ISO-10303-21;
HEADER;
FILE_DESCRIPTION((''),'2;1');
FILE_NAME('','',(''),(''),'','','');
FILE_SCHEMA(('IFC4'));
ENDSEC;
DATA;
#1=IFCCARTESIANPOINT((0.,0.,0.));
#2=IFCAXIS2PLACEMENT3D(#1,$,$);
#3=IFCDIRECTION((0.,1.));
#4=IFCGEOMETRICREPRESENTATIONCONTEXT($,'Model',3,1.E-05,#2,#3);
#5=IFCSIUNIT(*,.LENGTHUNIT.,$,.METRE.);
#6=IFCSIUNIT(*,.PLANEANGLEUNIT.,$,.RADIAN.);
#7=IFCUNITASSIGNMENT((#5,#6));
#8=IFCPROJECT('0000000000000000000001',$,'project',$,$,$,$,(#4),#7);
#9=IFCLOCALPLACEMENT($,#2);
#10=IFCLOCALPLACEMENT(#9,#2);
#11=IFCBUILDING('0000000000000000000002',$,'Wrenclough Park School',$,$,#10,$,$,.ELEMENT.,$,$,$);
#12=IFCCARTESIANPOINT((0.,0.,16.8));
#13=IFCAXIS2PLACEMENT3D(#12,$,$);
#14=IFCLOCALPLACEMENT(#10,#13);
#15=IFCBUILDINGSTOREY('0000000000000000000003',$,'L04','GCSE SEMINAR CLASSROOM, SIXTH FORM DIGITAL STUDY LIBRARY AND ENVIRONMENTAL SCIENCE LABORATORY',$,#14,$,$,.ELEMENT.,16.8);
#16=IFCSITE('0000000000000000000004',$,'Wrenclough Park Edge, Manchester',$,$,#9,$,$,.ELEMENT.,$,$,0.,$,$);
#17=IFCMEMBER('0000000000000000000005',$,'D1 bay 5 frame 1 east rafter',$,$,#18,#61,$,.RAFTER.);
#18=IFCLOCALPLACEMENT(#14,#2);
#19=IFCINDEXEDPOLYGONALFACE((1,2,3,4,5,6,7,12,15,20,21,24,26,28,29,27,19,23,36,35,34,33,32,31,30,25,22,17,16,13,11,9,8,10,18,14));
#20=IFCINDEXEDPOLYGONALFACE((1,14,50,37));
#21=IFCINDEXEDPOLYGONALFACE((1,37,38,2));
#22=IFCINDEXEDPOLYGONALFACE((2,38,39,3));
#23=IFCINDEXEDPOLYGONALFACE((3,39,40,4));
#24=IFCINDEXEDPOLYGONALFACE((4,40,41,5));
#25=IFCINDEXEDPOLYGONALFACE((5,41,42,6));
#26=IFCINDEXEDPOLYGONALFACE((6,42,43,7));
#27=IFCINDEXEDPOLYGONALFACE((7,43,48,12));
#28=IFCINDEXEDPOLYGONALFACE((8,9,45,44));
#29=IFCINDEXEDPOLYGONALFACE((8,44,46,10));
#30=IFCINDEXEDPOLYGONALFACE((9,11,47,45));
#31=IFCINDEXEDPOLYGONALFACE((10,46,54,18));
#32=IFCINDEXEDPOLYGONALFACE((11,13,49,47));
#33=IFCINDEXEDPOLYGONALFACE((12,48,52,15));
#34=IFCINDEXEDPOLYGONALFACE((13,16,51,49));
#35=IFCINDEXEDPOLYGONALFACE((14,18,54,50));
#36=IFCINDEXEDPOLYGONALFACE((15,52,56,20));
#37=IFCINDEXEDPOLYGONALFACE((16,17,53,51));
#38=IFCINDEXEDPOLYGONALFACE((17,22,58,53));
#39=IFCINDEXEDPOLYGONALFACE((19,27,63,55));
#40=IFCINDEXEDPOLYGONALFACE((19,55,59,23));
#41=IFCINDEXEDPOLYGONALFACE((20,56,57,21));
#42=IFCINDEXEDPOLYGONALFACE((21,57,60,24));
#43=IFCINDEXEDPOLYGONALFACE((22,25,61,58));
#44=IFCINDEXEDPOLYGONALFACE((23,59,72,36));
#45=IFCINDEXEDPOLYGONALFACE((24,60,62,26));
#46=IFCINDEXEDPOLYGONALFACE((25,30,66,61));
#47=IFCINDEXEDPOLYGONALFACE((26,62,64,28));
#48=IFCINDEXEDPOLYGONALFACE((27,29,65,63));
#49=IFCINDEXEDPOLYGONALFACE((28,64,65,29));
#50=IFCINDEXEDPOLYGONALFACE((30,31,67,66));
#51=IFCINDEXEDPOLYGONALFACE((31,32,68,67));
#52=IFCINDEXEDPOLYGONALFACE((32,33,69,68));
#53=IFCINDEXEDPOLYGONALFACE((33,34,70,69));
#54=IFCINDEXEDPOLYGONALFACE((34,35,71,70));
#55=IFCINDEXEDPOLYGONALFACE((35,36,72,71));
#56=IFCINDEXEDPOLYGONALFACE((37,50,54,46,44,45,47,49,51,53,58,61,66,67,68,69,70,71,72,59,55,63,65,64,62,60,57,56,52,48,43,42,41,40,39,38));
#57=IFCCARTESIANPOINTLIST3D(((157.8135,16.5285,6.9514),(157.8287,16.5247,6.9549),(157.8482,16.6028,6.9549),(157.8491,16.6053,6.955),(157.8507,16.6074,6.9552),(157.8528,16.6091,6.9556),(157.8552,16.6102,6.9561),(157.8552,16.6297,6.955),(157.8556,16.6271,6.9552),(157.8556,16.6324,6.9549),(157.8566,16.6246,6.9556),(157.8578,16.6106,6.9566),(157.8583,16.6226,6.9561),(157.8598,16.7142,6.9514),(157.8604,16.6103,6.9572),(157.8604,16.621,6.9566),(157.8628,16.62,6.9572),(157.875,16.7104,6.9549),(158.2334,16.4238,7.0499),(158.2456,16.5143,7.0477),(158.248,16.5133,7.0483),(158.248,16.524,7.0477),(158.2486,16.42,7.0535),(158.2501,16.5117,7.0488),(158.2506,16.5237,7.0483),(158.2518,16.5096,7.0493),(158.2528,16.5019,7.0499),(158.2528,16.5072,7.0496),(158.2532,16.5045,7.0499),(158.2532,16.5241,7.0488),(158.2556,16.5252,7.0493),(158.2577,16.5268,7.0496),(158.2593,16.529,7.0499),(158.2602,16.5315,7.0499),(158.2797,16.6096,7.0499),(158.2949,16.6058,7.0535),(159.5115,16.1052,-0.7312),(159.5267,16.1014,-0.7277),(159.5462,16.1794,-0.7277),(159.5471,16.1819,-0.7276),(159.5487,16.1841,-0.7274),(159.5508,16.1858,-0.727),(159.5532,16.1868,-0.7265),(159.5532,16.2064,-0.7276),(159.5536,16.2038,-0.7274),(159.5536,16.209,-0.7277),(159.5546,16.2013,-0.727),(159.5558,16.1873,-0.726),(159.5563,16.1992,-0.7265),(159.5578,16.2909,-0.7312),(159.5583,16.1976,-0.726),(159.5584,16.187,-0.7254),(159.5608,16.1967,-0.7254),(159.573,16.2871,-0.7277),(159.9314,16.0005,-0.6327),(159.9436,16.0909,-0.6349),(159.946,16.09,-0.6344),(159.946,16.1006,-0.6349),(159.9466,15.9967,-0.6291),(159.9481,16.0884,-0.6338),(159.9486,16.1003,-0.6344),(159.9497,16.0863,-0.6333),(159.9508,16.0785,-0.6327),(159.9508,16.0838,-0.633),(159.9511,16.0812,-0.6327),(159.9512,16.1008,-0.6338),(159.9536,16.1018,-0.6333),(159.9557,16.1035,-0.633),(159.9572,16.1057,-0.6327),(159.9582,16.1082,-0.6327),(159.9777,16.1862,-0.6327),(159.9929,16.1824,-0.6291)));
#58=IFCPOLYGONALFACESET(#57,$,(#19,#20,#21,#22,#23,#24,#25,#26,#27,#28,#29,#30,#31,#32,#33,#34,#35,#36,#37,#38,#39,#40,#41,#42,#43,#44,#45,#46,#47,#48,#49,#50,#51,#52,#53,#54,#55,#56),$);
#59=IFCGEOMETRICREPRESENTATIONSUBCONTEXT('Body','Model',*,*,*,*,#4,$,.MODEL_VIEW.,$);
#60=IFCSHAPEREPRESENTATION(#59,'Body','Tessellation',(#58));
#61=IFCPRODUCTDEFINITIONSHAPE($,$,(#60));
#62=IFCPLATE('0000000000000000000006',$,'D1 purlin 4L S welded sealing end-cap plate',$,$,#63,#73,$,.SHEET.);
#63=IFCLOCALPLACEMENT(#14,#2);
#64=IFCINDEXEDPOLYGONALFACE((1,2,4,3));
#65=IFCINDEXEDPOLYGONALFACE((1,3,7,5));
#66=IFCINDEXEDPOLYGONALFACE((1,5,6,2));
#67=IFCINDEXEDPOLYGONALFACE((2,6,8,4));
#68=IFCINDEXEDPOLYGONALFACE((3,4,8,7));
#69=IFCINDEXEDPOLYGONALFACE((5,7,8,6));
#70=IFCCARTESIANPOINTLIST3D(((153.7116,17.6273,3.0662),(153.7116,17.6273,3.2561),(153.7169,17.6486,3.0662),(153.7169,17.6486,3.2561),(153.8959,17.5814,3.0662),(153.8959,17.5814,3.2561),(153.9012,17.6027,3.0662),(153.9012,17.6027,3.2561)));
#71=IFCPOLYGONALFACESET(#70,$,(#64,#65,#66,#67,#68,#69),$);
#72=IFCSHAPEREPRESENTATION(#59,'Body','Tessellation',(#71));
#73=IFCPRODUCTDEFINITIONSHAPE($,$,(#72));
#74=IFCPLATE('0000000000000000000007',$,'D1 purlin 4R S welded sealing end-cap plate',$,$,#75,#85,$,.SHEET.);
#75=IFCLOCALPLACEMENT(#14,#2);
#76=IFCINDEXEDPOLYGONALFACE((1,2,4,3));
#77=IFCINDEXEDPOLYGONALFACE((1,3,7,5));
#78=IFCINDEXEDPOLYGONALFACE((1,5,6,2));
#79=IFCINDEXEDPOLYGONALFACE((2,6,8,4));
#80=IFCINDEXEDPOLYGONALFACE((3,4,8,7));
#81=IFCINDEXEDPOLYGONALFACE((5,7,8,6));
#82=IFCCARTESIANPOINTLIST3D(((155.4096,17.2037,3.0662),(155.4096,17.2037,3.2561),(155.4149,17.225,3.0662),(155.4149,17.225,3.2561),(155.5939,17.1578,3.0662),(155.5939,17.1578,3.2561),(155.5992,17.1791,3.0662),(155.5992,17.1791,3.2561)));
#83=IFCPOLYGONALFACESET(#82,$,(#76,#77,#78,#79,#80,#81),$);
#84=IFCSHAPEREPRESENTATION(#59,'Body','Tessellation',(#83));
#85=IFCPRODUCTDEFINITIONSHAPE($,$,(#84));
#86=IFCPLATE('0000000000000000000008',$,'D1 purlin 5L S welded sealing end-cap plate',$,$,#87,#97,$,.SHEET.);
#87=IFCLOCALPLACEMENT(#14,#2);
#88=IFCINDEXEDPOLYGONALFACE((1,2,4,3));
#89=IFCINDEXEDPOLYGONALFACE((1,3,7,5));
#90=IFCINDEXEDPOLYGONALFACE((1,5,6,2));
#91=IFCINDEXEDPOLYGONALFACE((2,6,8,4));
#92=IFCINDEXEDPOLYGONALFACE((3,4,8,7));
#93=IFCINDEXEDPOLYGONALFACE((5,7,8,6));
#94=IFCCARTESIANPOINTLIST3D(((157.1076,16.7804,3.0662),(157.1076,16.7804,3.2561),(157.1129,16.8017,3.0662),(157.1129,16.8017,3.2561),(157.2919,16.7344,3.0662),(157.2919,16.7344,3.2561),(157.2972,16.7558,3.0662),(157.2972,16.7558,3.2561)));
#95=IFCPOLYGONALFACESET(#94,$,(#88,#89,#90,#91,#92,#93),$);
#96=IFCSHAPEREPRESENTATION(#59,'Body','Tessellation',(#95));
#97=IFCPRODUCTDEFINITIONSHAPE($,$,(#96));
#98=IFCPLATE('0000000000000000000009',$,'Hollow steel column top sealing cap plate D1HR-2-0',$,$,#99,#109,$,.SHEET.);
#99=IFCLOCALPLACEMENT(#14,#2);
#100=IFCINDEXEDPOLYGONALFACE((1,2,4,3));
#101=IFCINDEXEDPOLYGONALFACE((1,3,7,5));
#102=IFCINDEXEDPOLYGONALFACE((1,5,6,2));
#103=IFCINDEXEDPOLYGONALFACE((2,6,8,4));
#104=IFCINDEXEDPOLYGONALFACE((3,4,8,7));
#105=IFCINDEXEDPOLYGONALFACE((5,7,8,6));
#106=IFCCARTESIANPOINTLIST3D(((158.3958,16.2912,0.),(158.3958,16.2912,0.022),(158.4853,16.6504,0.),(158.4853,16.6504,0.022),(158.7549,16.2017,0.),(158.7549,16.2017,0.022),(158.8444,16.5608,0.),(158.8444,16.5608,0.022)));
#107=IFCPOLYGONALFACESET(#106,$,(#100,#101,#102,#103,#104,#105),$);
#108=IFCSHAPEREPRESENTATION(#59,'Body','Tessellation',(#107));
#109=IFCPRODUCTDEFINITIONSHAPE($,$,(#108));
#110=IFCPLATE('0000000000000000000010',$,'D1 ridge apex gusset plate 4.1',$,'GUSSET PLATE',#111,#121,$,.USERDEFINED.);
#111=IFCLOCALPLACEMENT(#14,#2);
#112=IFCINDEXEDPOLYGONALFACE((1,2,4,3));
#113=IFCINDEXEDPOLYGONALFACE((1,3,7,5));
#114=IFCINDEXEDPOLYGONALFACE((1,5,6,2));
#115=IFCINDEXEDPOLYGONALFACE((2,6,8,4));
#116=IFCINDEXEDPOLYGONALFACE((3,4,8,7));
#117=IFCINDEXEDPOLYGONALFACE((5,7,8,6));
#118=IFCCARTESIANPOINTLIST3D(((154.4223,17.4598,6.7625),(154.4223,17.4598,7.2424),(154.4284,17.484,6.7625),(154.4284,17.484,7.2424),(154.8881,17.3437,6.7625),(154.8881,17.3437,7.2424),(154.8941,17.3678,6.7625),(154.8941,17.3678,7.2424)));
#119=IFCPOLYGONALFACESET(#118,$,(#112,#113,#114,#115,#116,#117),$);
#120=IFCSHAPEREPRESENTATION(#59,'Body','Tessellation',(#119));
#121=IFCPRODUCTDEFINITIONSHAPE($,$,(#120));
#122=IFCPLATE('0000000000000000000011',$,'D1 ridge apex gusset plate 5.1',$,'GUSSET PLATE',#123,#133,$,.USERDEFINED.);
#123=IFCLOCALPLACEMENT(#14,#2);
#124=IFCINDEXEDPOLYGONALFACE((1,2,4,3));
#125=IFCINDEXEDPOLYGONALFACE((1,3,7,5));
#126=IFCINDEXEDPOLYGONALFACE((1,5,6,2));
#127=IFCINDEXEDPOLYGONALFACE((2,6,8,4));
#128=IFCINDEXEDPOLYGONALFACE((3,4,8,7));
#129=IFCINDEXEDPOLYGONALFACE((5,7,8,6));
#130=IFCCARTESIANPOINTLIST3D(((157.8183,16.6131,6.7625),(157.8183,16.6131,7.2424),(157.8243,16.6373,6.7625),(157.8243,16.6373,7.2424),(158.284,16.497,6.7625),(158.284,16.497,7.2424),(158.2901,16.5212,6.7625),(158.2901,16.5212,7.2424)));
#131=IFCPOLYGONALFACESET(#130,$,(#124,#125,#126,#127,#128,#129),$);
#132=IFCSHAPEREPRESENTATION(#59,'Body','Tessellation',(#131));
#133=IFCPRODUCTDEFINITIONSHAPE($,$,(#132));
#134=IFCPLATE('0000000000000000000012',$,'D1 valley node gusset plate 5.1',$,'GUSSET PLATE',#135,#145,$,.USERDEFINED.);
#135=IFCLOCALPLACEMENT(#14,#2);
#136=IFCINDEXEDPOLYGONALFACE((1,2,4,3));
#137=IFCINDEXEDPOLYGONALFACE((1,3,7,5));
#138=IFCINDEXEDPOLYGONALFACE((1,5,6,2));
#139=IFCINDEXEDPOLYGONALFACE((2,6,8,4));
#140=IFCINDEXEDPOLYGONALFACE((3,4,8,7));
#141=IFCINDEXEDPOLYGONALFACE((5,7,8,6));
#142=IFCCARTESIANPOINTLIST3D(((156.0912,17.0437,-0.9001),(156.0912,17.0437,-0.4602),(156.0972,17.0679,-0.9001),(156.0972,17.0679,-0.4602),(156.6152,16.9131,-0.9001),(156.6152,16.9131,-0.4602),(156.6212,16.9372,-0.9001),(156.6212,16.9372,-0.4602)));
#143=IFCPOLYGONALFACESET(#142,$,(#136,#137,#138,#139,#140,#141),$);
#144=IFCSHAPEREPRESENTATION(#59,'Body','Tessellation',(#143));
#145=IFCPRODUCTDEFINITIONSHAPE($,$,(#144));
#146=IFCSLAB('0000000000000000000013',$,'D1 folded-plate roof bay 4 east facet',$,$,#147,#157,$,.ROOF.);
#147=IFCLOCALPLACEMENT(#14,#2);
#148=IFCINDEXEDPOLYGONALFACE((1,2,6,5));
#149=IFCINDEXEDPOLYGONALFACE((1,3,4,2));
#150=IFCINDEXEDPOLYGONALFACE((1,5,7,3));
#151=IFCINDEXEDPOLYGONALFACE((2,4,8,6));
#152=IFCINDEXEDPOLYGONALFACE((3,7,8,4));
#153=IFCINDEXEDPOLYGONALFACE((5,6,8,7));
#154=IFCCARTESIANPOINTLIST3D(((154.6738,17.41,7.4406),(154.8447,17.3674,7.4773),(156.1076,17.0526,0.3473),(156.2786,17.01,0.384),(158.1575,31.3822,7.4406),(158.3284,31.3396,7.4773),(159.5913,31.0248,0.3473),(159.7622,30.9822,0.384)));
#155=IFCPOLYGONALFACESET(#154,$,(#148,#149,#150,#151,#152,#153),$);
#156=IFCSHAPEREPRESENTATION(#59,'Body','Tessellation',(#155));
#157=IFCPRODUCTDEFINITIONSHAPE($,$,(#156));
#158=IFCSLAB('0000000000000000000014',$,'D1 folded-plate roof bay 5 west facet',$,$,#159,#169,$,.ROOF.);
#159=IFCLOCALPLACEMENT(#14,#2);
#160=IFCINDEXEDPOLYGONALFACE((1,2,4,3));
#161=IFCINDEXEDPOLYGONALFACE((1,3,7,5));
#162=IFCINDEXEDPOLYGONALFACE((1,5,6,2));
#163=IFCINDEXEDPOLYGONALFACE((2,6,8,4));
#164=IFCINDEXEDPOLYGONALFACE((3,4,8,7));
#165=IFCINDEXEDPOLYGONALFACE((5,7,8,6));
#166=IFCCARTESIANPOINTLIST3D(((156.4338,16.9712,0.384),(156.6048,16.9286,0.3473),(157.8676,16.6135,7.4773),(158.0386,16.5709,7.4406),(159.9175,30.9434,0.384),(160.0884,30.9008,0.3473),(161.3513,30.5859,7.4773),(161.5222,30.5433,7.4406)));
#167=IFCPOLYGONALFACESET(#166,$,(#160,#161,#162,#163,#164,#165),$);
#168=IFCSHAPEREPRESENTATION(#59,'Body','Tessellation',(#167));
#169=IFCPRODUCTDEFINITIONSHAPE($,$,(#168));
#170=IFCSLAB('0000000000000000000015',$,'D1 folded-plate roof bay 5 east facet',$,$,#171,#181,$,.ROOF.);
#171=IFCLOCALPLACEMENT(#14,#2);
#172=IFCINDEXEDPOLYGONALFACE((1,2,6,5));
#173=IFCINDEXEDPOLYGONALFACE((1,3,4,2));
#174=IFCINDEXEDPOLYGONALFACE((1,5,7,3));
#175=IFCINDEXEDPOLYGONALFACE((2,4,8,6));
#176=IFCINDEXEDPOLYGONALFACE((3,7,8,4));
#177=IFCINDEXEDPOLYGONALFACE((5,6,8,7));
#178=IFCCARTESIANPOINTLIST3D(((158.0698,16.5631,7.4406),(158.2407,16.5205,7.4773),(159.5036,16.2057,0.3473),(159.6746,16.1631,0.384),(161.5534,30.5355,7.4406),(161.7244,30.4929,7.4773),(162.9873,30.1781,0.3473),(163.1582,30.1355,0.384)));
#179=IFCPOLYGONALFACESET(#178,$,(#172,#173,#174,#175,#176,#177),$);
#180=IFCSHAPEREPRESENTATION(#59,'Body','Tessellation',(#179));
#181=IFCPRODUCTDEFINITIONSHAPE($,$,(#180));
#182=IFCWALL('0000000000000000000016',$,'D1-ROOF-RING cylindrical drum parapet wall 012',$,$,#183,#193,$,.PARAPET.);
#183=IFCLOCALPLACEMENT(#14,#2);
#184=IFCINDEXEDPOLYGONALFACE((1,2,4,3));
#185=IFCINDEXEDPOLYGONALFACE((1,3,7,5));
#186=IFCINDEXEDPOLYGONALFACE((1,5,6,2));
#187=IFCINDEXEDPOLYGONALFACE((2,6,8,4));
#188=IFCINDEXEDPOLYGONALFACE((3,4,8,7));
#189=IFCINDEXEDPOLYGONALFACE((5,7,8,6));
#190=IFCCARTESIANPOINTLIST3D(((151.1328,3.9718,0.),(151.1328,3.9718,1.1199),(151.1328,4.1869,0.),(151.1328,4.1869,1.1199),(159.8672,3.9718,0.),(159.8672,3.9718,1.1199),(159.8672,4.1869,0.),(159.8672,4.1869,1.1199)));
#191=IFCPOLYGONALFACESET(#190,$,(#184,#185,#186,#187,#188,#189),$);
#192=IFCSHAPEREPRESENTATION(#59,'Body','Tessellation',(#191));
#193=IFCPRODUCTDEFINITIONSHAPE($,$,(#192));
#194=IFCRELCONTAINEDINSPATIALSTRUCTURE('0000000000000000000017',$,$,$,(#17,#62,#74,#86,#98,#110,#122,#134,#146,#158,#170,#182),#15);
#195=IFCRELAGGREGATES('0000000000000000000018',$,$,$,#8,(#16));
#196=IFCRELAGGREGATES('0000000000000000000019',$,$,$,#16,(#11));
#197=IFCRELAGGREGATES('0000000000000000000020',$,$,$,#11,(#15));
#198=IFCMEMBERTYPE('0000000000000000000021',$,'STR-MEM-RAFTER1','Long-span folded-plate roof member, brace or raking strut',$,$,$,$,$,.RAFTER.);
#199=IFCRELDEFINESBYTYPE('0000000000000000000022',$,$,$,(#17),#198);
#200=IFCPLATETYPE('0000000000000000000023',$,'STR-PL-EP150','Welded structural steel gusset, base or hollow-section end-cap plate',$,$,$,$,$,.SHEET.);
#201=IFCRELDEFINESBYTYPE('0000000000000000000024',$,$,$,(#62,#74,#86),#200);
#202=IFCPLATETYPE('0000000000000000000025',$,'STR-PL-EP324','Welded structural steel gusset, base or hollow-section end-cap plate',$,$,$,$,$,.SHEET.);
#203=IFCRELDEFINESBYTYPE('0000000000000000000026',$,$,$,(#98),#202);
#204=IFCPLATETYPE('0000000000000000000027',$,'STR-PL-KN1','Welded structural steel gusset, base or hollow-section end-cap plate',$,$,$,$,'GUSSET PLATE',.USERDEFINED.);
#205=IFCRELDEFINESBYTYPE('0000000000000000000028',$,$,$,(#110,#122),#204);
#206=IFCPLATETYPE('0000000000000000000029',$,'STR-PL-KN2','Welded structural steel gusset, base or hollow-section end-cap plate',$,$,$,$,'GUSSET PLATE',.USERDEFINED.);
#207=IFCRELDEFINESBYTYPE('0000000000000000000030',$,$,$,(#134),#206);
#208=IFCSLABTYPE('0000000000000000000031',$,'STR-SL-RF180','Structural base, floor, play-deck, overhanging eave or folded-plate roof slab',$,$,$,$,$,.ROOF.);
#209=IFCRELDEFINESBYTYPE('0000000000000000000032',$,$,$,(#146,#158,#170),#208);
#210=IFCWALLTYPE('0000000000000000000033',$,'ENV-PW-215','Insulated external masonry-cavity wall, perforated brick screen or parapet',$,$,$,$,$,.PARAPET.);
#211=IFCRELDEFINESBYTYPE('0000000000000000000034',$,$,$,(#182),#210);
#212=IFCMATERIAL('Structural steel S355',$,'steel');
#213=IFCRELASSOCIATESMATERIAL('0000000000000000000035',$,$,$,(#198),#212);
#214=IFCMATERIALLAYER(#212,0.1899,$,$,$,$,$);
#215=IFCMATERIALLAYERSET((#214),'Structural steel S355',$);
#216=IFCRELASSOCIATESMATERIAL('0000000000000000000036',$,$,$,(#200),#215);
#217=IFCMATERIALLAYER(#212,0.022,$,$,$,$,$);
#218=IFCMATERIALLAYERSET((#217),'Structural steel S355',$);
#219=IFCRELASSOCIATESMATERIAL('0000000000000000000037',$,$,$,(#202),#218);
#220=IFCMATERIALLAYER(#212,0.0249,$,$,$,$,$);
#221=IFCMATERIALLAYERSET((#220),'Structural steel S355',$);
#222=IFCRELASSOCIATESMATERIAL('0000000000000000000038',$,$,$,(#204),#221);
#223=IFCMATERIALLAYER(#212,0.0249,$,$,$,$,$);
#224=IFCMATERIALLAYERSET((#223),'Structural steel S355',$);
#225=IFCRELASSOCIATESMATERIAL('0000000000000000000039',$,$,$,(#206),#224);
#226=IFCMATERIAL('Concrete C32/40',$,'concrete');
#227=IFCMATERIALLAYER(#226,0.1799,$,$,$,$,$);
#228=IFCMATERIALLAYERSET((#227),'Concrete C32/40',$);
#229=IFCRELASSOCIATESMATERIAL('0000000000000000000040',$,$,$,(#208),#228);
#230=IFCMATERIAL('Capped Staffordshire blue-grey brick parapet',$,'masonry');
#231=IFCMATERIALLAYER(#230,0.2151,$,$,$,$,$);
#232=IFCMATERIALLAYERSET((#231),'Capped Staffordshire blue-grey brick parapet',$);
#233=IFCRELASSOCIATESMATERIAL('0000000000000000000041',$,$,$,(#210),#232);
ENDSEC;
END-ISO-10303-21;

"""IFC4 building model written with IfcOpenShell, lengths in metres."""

from ifc_helpers import new_model, si_unit, direction, frame, frame_2d, origin, origin_2d, place, context, subcontext, project, spatial, polyline, rectangle, i_section, outline, extrude, material, layer, layer_set, material_profile, profile_set, type_object, element, save


model = new_model("IFC4")

# Units and contexts
model_context = context("Model", 3, precision=1e-05, world=origin(), true_north=direction((0.0, 1.0)))
body_context = subcontext(model_context, "Body", "Model", "MODEL_VIEW")
ifc_project = project(units=[si_unit("LENGTHUNIT", "METRE"), si_unit("PLANEANGLEUNIT", "RADIAN")], contexts=[model_context])

# Site, building, storey
site_placement = place(None, origin())
site = spatial("IfcSite", under=ifc_project, at=site_placement, Name="Wrenclough Park Edge, Manchester", CompositionType="ELEMENT", RefElevation=0.0)
building_placement = place(site_placement, origin())
building = spatial("IfcBuilding", under=site, at=building_placement, Name="Wrenclough Park School", CompositionType="ELEMENT")
storey_placement = place(building_placement, frame((0.0, 0.0, 16.8)))
storey = spatial("IfcBuildingStorey", under=building, at=storey_placement, Name="L04", Description="GCSE SEMINAR CLASSROOM, SIXTH FORM DIGITAL STUDY LIBRARY AND ENVIRONMENTAL SCIENCE LABORATORY", CompositionType="ELEMENT", Elevation=16.8)

# Shared definitions
ifc_material_1 = material(Name="Structural steel S355", Category="steel")

# Member
ifc_material_profile_1 = material_profile(ifc_material_1, i_section(OverallWidth=0.1914, OverallDepth=0.46, WebThickness=0.01, FlangeThickness=0.0161, FilletRadius=0.0103, at=origin_2d()), Name="UKB 457x191x82")
ifc_profile_set_1 = profile_set([ifc_material_profile_1], Name="Structural steel S355")
member_type_1 = type_object("IfcMemberType", Name="STR-MEM-RAFTER1", Description="Long-span folded-plate roof member, brace or raking strut", PredefinedType="RAFTER", material=ifc_profile_set_1)
for number, where, z_axis, x_axis, name in (
    (1, (158.0542, 16.5671, 7.0024), (0.215498, -0.053727, -0.975025), (0.241912, 0.970298, 0.0), "D1 bay 5 frame 1 east rafter"),
):
    element("IfcMember", number, at=place(storey_placement, frame(where, z_axis=z_axis, x_axis=x_axis)), inside=storey, type_object=member_type_1, Name=name, PredefinedType="RAFTER", context=body_context, shape_type="SweptSolid", body=[
        extrude(i_section(OverallWidth=0.1914, OverallDepth=0.46, WebThickness=0.01, FlangeThickness=0.0161, FilletRadius=0.0103, at=origin_2d()), origin(), (0.0, 0.0, 1.0), 7.8794),
    ])

# Plates
ifc_layer_1 = layer(ifc_material_1, 0.1899)
ifc_layer_set_1 = layer_set([ifc_layer_1], Name="Structural steel S355")
plate_type_1 = type_object("IfcPlateType", Name="STR-PL-EP150", Description="Welded structural steel gusset, base or hollow-section end-cap plate", PredefinedType="SHEET", material=ifc_layer_set_1)
for number, where, z_axis, x_axis, name in (
    (2, (153.8064, 17.615, 3.0662), (0.0, 0.0, 1.0), (0.241922, 0.970296, 0.0), "D1 purlin 4L S welded sealing end-cap plate"),
    (3, (155.5044, 17.1914, 3.0662), (0.0, 0.0, 1.0), (0.241922, 0.970296, 0.0), "D1 purlin 4R S welded sealing end-cap plate"),
    (4, (157.2024, 16.7681, 3.0662), (0.0, 0.0, 1.0), (0.241922, 0.970296, 0.0), "D1 purlin 5L S welded sealing end-cap plate"),
):
    element("IfcPlate", number, at=place(storey_placement, frame(where, z_axis=z_axis, x_axis=x_axis)), inside=storey, type_object=plate_type_1, Name=name, PredefinedType="SHEET", context=body_context, shape_type="SweptSolid", body=[
        extrude(rectangle(XDim=0.022, YDim=0.1899, at=origin_2d()), origin(), (0.0, 0.0, 1.0), 0.1899),
    ])
ifc_layer_2 = layer(ifc_material_1, 0.022)
ifc_layer_set_2 = layer_set([ifc_layer_2], Name="Structural steel S355")
plate_type_2 = type_object("IfcPlateType", Name="STR-PL-EP324", Description="Welded structural steel gusset, base or hollow-section end-cap plate", PredefinedType="SHEET", material=ifc_layer_set_2)
plate_1_placement = place(storey_placement, frame((158.6201, 16.426, 0.0), z_axis=(0.0, 0.0, 1.0), x_axis=(0.970296, -0.241922, 0.0)))
element("IfcPlate", 5, at=plate_1_placement, inside=storey, type_object=plate_type_2, Name="Hollow steel column top sealing cap plate D1HR-2-0", PredefinedType="SHEET", context=body_context, shape_type="SweptSolid", body=[
    extrude(rectangle(XDim=0.3701, YDim=0.3701, at=origin_2d()), origin(), (0.0, 0.0, 1.0), 0.022),
])
ifc_layer_3 = layer(ifc_material_1, 0.0249)
ifc_layer_set_3 = layer_set([ifc_layer_3], Name="Structural steel S355")
plate_type_3 = type_object("IfcPlateType", Name="STR-PL-KN1", Description="Welded structural steel gusset, base or hollow-section end-cap plate", ElementType="GUSSET PLATE", PredefinedType="USERDEFINED", material=ifc_layer_set_3)
for number, where, z_axis, x_axis, name in (
    (6, (154.6582, 17.4138, 6.7625), (0.0, 0.0, 1.0), (0.970296, -0.241922, 0.0), "D1 ridge apex gusset plate 4.1"),
    (7, (158.0542, 16.5671, 6.7625), (0.0, 0.0, 1.0), (0.970296, -0.241922, 0.0), "D1 ridge apex gusset plate 5.1"),
):
    element("IfcPlate", number, at=place(storey_placement, frame(where, z_axis=z_axis, x_axis=x_axis)), inside=storey, type_object=plate_type_3, Name=name, ObjectType="GUSSET PLATE", PredefinedType="USERDEFINED", context=body_context, shape_type="SweptSolid", body=[
        extrude(rectangle(XDim=0.48, YDim=0.0249, at=origin_2d()), origin(), (0.0, 0.0, 1.0), 0.48),
    ])
ifc_layer_4 = layer(ifc_material_1, 0.0249)
ifc_layer_set_4 = layer_set([ifc_layer_4], Name="Structural steel S355")
plate_type_4 = type_object("IfcPlateType", Name="STR-PL-KN2", Description="Welded structural steel gusset, base or hollow-section end-cap plate", ElementType="GUSSET PLATE", PredefinedType="USERDEFINED", material=ifc_layer_set_4)
plate_2_placement = place(storey_placement, frame((156.3562, 16.9905, -0.9001), z_axis=(0.0, 0.0, 1.0), x_axis=(0.970296, -0.241922, 0.0)))
element("IfcPlate", 8, at=plate_2_placement, inside=storey, type_object=plate_type_4, Name="D1 valley node gusset plate 5.1", ObjectType="GUSSET PLATE", PredefinedType="USERDEFINED", context=body_context, shape_type="SweptSolid", body=[
    extrude(rectangle(XDim=0.54, YDim=0.0249, at=origin_2d()), origin(), (0.0, 0.0, 1.0), 0.4399),
])

# Slabs
ifc_material_2 = material(Name="Concrete C32/40", Category="concrete")
ifc_layer_5 = layer(ifc_material_2, 0.1799)
ifc_layer_set_5 = layer_set([ifc_layer_5], Name="Concrete C32/40")
slab_type = type_object("IfcSlabType", Name="STR-SL-RF180", Description="Structural base, floor, play-deck, overhanging eave or folded-plate roof slab", PredefinedType="ROOF", material=ifc_layer_set_5)
slab_1_placement = place(storey_placement, frame((154.8447, 17.3674, 7.4773), z_axis=(0.949902, -0.236836, 0.203948), x_axis=(0.197892, -0.04933, -0.978982)))
element("IfcSlab", 9, at=slab_1_placement, inside=storey, type_object=slab_type, Name="D1 folded-plate roof bay 4 east facet", PredefinedType="ROOF", context=body_context, shape_type="SweptSolid", body=[
    extrude(outline(polyline([(0.0, 0.0), (7.2456, 0.0), (7.2457, 14.3999), (0.0001, 14.3999), (0.0, 0.0)])), origin(), (0.0, 0.0, -1.0), 0.1799),
])
slab_2_placement = place(storey_placement, frame((156.4338, 16.9712, 0.384), z_axis=(-0.949902, 0.236834, 0.203952), x_axis=(0.197888, -0.049363, 0.978981)))
element("IfcSlab", 10, at=slab_2_placement, inside=storey, type_object=slab_type, Name="D1 folded-plate roof bay 5 west facet", PredefinedType="ROOF", context=body_context, shape_type="SweptSolid", body=[
    extrude(outline(polyline([(0.0, 0.0), (7.2456, 0.0), (7.2452, 14.4001), (-0.0003, 14.3999), (0.0, 0.0)])), origin(), (0.0, 0.0, -1.0), 0.1799),
])
slab_3_placement = place(storey_placement, frame((158.2407, 16.5205, 7.4773), z_axis=(0.949903, -0.236833, 0.203948), x_axis=(0.197892, -0.04933, -0.978982)))
element("IfcSlab", 11, at=slab_3_placement, inside=storey, type_object=slab_type, Name="D1 folded-plate roof bay 5 east facet", PredefinedType="ROOF", context=body_context, shape_type="SweptSolid", body=[
    extrude(outline(polyline([(0.0, 0.0), (7.2456, 0.0), (7.2457, 14.4001), (0.0001, 14.4001), (0.0, 0.0)])), origin(), (0.0, 0.0, -1.0), 0.1799),
])

# Wall
ifc_material_3 = material(Name="Capped Staffordshire blue-grey brick parapet", Category="masonry")
ifc_layer_6 = layer(ifc_material_3, 0.2151)
ifc_layer_set_6 = layer_set([ifc_layer_6], Name="Capped Staffordshire blue-grey brick parapet")
wall_type = type_object("IfcWallType", Name="ENV-PW-215", Description="Insulated external masonry-cavity wall, perforated brick screen or parapet", PredefinedType="PARAPET", material=ifc_layer_set_6)
wall_placement = place(storey_placement, frame((151.1328, 4.0793, 0.0), z_axis=(0.0, 0.0, 1.0), x_axis=(1.0, 0.0, 0.0)))
element("IfcWall", 12, at=wall_placement, inside=storey, type_object=wall_type, Name="D1-ROOF-RING cylindrical drum parapet wall 012", PredefinedType="PARAPET", context=body_context, shape_type="SweptSolid", body=[
    extrude(rectangle(XDim=8.7344, YDim=0.2151, at=frame_2d((4.3672, 0.0))), origin(), (0.0, 0.0, 1.0), 1.1199),
])

save(model, "model.ifc")
